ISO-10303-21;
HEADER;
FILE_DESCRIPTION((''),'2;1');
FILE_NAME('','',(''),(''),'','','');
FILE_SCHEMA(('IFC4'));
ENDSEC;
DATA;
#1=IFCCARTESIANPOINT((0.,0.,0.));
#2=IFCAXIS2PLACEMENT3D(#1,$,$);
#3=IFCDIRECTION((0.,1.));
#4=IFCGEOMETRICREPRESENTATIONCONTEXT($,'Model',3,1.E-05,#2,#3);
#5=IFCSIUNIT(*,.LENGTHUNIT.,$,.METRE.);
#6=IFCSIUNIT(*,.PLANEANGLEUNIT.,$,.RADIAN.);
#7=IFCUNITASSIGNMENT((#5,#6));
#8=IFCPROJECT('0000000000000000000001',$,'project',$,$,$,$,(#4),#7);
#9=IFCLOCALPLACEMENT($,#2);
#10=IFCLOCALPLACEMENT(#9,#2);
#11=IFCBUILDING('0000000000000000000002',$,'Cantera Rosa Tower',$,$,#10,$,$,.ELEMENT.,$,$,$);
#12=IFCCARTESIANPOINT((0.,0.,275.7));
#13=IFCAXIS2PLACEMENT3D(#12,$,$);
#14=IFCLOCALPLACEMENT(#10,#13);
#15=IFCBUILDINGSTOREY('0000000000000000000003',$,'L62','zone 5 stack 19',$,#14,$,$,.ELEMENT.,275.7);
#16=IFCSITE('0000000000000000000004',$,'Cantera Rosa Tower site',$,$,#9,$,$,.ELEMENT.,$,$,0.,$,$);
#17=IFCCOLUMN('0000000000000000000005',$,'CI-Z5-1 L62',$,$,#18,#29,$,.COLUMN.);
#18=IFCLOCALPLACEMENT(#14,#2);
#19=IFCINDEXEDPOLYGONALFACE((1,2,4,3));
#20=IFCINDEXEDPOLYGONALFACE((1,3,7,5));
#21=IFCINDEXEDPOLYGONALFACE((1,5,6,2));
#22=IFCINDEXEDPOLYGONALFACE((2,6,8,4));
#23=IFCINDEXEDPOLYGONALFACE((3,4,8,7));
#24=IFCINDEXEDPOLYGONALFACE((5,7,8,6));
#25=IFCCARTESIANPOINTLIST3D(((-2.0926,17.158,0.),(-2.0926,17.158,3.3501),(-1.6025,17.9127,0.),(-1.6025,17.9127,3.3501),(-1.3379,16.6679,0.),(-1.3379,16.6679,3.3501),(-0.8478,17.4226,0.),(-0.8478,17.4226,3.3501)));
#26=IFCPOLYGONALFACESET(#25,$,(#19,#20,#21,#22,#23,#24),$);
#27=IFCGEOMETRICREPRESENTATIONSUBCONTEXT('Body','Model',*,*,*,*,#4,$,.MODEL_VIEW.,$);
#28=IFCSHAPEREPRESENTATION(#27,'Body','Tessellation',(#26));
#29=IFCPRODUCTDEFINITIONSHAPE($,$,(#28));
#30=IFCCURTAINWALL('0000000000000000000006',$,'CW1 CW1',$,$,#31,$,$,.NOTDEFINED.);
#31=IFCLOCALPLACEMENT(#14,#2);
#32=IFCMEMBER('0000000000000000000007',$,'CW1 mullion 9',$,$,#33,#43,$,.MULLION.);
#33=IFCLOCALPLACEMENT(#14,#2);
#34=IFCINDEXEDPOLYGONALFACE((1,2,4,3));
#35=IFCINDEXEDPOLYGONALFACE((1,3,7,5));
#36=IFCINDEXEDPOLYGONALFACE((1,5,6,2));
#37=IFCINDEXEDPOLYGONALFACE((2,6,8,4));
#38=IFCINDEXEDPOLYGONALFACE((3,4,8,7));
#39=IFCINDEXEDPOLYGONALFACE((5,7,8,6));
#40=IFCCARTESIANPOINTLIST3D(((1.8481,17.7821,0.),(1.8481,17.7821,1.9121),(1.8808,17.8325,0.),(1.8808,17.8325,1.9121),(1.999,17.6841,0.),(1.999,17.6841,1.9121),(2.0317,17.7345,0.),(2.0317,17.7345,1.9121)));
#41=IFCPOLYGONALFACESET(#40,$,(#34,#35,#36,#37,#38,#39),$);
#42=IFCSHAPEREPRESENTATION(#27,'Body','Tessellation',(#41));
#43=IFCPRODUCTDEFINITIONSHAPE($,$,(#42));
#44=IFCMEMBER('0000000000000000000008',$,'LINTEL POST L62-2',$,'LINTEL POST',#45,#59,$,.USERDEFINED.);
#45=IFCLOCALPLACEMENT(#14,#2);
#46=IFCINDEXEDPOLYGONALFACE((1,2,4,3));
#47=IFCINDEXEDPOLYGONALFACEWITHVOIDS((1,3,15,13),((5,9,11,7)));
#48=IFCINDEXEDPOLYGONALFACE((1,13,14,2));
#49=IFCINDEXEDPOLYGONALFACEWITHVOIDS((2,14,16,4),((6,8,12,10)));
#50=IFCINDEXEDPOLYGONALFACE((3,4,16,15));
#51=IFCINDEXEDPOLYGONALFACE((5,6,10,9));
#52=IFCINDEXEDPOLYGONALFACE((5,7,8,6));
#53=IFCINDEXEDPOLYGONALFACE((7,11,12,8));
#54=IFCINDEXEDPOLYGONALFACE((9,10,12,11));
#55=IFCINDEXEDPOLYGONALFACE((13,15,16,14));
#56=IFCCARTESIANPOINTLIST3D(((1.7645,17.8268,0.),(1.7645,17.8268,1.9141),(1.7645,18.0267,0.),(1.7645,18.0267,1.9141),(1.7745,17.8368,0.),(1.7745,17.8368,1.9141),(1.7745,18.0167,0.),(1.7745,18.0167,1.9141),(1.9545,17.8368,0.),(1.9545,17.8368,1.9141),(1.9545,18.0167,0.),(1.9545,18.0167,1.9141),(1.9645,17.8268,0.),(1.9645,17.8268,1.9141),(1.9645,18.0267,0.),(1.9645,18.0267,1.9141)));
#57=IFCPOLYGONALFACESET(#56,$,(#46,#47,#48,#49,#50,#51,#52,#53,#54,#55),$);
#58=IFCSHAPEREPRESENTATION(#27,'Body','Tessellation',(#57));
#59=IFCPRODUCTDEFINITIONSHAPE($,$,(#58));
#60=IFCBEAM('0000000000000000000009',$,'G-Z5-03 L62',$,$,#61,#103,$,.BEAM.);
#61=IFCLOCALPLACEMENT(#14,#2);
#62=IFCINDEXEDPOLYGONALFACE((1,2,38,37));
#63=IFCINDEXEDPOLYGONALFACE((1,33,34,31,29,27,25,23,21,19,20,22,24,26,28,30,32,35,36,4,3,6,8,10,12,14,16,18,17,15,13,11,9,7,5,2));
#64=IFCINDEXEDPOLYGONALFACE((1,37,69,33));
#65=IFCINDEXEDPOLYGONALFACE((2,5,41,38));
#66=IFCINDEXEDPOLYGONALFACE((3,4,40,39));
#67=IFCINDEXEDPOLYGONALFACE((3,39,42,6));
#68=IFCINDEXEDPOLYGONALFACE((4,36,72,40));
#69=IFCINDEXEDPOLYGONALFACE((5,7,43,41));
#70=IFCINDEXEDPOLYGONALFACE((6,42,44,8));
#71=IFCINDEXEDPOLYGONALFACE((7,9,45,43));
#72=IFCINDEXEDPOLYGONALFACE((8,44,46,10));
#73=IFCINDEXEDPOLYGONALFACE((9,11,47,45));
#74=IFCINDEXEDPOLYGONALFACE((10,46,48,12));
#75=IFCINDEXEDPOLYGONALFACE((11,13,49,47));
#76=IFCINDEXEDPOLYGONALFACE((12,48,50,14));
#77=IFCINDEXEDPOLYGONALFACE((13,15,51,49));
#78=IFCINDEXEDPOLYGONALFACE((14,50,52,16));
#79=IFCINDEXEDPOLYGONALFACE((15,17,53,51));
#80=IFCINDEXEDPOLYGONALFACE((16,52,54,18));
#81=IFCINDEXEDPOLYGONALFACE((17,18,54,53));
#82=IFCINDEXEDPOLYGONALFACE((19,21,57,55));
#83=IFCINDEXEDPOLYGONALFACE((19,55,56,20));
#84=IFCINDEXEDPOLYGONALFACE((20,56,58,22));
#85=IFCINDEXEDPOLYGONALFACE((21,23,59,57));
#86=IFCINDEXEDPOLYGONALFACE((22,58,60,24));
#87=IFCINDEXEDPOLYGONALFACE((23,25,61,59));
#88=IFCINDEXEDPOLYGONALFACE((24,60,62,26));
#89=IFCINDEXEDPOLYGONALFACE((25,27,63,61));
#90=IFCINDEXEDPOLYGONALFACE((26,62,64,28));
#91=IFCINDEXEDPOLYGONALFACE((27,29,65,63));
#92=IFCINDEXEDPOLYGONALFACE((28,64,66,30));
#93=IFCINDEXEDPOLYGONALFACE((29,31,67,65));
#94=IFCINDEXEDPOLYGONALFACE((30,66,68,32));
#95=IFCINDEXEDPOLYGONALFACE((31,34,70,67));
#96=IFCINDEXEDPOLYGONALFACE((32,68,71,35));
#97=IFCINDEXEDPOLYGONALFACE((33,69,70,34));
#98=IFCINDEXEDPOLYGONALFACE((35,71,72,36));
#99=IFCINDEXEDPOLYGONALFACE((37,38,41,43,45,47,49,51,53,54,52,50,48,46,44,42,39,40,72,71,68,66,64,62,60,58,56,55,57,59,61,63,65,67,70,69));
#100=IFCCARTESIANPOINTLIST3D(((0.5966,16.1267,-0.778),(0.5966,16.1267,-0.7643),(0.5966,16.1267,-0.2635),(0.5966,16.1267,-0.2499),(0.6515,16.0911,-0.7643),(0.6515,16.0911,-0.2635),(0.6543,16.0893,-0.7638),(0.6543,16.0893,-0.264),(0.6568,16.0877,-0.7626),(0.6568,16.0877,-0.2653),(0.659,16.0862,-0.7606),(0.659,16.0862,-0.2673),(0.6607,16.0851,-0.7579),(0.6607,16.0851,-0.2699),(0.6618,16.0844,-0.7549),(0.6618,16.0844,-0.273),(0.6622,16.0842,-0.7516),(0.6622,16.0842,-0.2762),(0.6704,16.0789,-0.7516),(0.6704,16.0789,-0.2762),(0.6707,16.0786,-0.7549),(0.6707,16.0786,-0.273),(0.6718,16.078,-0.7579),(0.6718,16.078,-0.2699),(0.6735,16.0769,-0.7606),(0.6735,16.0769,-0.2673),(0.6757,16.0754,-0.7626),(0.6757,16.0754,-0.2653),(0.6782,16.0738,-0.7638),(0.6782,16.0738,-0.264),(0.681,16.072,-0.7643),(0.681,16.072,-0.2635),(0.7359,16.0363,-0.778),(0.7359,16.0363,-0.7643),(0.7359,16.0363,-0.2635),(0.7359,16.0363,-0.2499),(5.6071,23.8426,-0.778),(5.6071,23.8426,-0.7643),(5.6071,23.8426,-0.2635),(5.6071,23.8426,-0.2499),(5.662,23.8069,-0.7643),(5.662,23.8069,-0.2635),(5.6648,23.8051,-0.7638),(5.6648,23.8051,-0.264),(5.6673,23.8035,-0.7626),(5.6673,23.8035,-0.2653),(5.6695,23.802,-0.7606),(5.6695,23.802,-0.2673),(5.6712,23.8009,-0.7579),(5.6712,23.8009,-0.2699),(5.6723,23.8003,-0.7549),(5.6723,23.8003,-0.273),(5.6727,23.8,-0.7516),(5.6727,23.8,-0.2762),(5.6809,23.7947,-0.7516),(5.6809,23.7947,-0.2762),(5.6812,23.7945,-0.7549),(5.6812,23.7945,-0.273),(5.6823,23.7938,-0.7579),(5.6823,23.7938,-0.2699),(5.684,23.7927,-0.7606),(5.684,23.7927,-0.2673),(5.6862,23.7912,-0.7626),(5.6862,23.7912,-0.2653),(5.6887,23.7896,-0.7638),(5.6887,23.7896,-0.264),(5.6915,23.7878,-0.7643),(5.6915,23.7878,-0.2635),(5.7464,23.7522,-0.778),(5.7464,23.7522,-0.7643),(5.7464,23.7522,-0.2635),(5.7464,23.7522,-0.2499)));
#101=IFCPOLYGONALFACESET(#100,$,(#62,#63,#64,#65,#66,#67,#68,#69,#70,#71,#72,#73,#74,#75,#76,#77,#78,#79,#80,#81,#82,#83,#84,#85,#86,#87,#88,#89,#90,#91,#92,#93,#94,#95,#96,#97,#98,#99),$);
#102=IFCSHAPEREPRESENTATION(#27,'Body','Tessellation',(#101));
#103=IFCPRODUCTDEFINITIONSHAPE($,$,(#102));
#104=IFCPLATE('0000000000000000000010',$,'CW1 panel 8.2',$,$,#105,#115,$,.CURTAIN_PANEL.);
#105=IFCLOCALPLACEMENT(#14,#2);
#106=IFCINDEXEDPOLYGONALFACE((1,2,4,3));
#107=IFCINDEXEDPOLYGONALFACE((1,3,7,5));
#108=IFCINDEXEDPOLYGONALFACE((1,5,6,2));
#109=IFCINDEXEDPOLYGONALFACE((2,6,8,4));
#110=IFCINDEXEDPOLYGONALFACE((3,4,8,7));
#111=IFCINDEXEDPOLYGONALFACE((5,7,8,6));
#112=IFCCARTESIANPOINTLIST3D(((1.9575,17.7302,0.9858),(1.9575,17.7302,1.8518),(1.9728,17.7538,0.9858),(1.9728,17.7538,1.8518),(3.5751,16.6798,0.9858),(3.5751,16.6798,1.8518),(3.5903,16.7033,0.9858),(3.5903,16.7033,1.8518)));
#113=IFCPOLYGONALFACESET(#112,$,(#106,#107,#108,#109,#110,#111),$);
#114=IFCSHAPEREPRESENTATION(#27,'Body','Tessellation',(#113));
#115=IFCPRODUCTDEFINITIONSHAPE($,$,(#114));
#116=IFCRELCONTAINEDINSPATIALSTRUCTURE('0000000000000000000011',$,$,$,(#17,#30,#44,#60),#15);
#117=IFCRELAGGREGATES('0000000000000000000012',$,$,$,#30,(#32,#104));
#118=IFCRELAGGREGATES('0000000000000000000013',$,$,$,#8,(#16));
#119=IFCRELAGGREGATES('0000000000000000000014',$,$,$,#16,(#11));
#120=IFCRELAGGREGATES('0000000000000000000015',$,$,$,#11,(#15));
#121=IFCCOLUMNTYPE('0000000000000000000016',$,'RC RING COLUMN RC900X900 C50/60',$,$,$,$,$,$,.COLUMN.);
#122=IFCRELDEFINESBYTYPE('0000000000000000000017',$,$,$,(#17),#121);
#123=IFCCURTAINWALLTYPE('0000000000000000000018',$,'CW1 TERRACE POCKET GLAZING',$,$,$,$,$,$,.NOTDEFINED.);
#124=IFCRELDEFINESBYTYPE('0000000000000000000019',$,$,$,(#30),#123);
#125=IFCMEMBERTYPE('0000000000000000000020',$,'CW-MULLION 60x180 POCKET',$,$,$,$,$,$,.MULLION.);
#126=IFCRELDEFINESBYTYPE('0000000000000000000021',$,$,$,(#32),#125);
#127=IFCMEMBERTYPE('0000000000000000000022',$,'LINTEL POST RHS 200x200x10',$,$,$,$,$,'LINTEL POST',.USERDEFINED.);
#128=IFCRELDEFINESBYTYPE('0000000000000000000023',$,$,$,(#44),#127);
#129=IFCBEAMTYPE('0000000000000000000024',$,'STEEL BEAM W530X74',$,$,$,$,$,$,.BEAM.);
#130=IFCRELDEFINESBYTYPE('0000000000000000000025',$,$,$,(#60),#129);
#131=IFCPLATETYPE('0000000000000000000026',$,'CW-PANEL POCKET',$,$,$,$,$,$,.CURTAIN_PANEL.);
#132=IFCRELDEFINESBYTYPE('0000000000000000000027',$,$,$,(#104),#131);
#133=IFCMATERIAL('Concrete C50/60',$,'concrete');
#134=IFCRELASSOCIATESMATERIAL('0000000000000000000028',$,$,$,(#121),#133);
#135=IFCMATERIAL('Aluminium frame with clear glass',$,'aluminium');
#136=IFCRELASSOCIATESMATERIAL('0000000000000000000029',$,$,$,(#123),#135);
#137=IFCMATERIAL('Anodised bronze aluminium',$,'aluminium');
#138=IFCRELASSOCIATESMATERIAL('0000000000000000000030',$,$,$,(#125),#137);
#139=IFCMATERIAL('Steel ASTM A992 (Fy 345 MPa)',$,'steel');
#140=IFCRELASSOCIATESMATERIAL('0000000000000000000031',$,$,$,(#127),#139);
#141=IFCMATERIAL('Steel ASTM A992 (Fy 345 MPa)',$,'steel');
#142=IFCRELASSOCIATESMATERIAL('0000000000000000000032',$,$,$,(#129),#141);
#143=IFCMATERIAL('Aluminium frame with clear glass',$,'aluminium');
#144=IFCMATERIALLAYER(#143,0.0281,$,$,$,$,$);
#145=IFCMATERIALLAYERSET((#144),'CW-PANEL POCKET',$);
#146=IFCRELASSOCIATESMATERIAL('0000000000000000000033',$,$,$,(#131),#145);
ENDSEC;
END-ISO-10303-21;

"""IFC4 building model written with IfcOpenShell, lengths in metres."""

from ifc_helpers import new_model, si_unit, direction, frame, origin, origin_2d, place, context, subcontext, project, spatial, rectangle, hollow_rectangle, i_section, extrude, material, layer, layer_set, material_profile, profile_set, type_object, element, aggregate, save


model = new_model("IFC4")

# Units and contexts
model_context = context("Model", 3, precision=1e-05, world=origin(), true_north=direction((0.0, 1.0)))
body_context = subcontext(model_context, "Body", "Model", "MODEL_VIEW")
ifc_project = project(units=[si_unit("LENGTHUNIT", "METRE"), si_unit("PLANEANGLEUNIT", "RADIAN")], contexts=[model_context])

# Site, building, storey
site_placement = place(None, origin())
site = spatial("IfcSite", under=ifc_project, at=site_placement, Name="Cantera Rosa Tower site", CompositionType="ELEMENT", RefElevation=0.0)
building_placement = place(site_placement, origin())
building = spatial("IfcBuilding", under=site, at=building_placement, Name="Cantera Rosa Tower", CompositionType="ELEMENT")
storey_placement = place(building_placement, frame((0.0, 0.0, 275.7)))
storey = spatial("IfcBuildingStorey", under=building, at=storey_placement, Name="L62", Description="zone 5 stack 19", CompositionType="ELEMENT", Elevation=275.7)

# Column
ifc_material_1 = material(Name="Concrete C50/60", Category="concrete")
ifc_material_profile_1 = material_profile(ifc_material_1, rectangle(XDim=0.8999, YDim=0.8999, at=origin_2d()), Name="RC RING COLUMN RC900X900 C50/60")
ifc_profile_set_1 = profile_set([ifc_material_profile_1], Name="Concrete C50/60")
column_type = type_object("IfcColumnType", Name="RC RING COLUMN RC900X900 C50/60", PredefinedType="COLUMN", material=ifc_profile_set_1)
column_placement = place(storey_placement, frame((-1.4702, 17.2903, 0.0), z_axis=(0.0, 0.0, 1.0), x_axis=(0.544639, 0.838671, 0.0)))
element("IfcColumn", 1, at=column_placement, inside=storey, type_object=column_type, Name="CI-Z5-1 L62", PredefinedType="COLUMN", context=body_context, shape_type="SweptSolid", body=[
    extrude(rectangle(XDim=0.8999, YDim=0.8999, at=origin_2d()), origin(), (0.0, 0.0, 1.0), 3.3501),
])

# Curtain wall, member
ifc_material_2 = material(Name="Aluminium frame with clear glass", Category="aluminium")
curtain_wall_type = type_object("IfcCurtainWallType", Name="CW1 TERRACE POCKET GLAZING", PredefinedType="NOTDEFINED", material=ifc_material_2)
curtain_wall_placement = place(storey_placement, origin())
curtain_wall = element("IfcCurtainWall", 2, at=curtain_wall_placement, inside=storey, type_object=curtain_wall_type, Name="CW1 CW1", PredefinedType="NOTDEFINED")
ifc_material_3 = material(Name="Anodised bronze aluminium", Category="aluminium")
ifc_material_profile_2 = material_profile(ifc_material_3, rectangle(XDim=0.0601, YDim=0.1799, at=origin_2d()), Name="CW-MULLION 60x180 POCKET")
ifc_profile_set_2 = profile_set([ifc_material_profile_2], Name="Anodised bronze aluminium")
member_type_1 = type_object("IfcMemberType", Name="CW-MULLION 60x180 POCKET", PredefinedType="MULLION", material=ifc_profile_set_2)
member_1_placement = place(storey_placement, frame((1.9399, 17.7583, 0.0), z_axis=(0.0, 0.0, 1.0), x_axis=(-0.544639, -0.838671, 0.0)))
member_1 = element("IfcMember", 3, at=member_1_placement, type_object=member_type_1, Name="CW1 mullion 9", PredefinedType="MULLION", context=body_context, shape_type="SweptSolid", body=[
    extrude(rectangle(XDim=0.0601, YDim=0.1799, at=origin_2d()), origin(), (0.0, 0.0, 1.0), 1.9121),
])

# Member
ifc_material_4 = material(Name="Steel ASTM A992 (Fy 345 MPa)", Category="steel")
ifc_material_profile_3 = material_profile(ifc_material_4, hollow_rectangle(XDim=0.2, YDim=0.2, WallThickness=0.01, at=origin_2d()), Name="LINTEL POST RHS 200x200x10")
ifc_profile_set_3 = profile_set([ifc_material_profile_3], Name="Steel ASTM A992 (Fy 345 MPa)")
member_type_2 = type_object("IfcMemberType", Name="LINTEL POST RHS 200x200x10", ElementType="LINTEL POST", PredefinedType="USERDEFINED", material=ifc_profile_set_3)
member_2_placement = place(storey_placement, frame((1.8645, 17.9268, 0.0), z_axis=(0.0, 0.0, 1.0), x_axis=(1.0, 0.0, 0.0)))
element("IfcMember", 4, at=member_2_placement, inside=storey, type_object=member_type_2, Name="LINTEL POST L62-2", ObjectType="LINTEL POST", PredefinedType="USERDEFINED", context=body_context, shape_type="SweptSolid", body=[
    extrude(hollow_rectangle(XDim=0.2, YDim=0.2, WallThickness=0.01, at=origin_2d()), origin(), (0.0, 0.0, 1.0), 1.9141),
])

# Beam
ifc_material_5 = material(Name="Steel ASTM A992 (Fy 345 MPa)", Category="steel")
ifc_material_profile_4 = material_profile(ifc_material_5, i_section(OverallWidth=0.166, OverallDepth=0.5281, WebThickness=0.0098, FlangeThickness=0.0137, FilletRadius=0.0127, at=origin_2d()), Name="W530X74")
ifc_profile_set_4 = profile_set([ifc_material_profile_4], Name="Steel ASTM A992 (Fy 345 MPa)")
beam_type = type_object("IfcBeamType", Name="STEEL BEAM W530X74", PredefinedType="BEAM", material=ifc_profile_set_4)
beam_placement = place(storey_placement, frame((5.6768, 23.7974, -0.5139), z_axis=(-0.544623, -0.838681, 0.0), x_axis=(0.838681, -0.544623, 0.0)))
element("IfcBeam", 5, at=beam_placement, inside=storey, type_object=beam_type, Name="G-Z5-03 L62", PredefinedType="BEAM", context=body_context, shape_type="SweptSolid", body=[
    extrude(i_section(OverallWidth=0.166, OverallDepth=0.5281, WebThickness=0.0098, FlangeThickness=0.0137, FilletRadius=0.0127, at=origin_2d()), origin(), (0.0, 0.0, 1.0), 9.2),
])

# Plate
ifc_material_6 = material(Name="Aluminium frame with clear glass", Category="aluminium")
ifc_layer_1 = layer(ifc_material_6, 0.0281)
ifc_layer_set_1 = layer_set([ifc_layer_1], Name="CW-PANEL POCKET")
plate_type = type_object("IfcPlateType", Name="CW-PANEL POCKET", PredefinedType="CURTAIN_PANEL", material=ifc_layer_set_1)
plate_placement = place(storey_placement, frame((2.7739, 17.2168, 0.9858), z_axis=(0.0, 0.0, 1.0), x_axis=(-0.838671, 0.544639, 0.0)))
plate = element("IfcPlate", 6, at=plate_placement, type_object=plate_type, Name="CW1 panel 8.2", PredefinedType="CURTAIN_PANEL", context=body_context, shape_type="SweptSolid", body=[
    extrude(rectangle(XDim=1.9287, YDim=0.0281, at=origin_2d()), origin(), (0.0, 0.0, 1.0), 0.866),
])
aggregate(curtain_wall, [member_1, plate])

save(model, "model.ifc")
